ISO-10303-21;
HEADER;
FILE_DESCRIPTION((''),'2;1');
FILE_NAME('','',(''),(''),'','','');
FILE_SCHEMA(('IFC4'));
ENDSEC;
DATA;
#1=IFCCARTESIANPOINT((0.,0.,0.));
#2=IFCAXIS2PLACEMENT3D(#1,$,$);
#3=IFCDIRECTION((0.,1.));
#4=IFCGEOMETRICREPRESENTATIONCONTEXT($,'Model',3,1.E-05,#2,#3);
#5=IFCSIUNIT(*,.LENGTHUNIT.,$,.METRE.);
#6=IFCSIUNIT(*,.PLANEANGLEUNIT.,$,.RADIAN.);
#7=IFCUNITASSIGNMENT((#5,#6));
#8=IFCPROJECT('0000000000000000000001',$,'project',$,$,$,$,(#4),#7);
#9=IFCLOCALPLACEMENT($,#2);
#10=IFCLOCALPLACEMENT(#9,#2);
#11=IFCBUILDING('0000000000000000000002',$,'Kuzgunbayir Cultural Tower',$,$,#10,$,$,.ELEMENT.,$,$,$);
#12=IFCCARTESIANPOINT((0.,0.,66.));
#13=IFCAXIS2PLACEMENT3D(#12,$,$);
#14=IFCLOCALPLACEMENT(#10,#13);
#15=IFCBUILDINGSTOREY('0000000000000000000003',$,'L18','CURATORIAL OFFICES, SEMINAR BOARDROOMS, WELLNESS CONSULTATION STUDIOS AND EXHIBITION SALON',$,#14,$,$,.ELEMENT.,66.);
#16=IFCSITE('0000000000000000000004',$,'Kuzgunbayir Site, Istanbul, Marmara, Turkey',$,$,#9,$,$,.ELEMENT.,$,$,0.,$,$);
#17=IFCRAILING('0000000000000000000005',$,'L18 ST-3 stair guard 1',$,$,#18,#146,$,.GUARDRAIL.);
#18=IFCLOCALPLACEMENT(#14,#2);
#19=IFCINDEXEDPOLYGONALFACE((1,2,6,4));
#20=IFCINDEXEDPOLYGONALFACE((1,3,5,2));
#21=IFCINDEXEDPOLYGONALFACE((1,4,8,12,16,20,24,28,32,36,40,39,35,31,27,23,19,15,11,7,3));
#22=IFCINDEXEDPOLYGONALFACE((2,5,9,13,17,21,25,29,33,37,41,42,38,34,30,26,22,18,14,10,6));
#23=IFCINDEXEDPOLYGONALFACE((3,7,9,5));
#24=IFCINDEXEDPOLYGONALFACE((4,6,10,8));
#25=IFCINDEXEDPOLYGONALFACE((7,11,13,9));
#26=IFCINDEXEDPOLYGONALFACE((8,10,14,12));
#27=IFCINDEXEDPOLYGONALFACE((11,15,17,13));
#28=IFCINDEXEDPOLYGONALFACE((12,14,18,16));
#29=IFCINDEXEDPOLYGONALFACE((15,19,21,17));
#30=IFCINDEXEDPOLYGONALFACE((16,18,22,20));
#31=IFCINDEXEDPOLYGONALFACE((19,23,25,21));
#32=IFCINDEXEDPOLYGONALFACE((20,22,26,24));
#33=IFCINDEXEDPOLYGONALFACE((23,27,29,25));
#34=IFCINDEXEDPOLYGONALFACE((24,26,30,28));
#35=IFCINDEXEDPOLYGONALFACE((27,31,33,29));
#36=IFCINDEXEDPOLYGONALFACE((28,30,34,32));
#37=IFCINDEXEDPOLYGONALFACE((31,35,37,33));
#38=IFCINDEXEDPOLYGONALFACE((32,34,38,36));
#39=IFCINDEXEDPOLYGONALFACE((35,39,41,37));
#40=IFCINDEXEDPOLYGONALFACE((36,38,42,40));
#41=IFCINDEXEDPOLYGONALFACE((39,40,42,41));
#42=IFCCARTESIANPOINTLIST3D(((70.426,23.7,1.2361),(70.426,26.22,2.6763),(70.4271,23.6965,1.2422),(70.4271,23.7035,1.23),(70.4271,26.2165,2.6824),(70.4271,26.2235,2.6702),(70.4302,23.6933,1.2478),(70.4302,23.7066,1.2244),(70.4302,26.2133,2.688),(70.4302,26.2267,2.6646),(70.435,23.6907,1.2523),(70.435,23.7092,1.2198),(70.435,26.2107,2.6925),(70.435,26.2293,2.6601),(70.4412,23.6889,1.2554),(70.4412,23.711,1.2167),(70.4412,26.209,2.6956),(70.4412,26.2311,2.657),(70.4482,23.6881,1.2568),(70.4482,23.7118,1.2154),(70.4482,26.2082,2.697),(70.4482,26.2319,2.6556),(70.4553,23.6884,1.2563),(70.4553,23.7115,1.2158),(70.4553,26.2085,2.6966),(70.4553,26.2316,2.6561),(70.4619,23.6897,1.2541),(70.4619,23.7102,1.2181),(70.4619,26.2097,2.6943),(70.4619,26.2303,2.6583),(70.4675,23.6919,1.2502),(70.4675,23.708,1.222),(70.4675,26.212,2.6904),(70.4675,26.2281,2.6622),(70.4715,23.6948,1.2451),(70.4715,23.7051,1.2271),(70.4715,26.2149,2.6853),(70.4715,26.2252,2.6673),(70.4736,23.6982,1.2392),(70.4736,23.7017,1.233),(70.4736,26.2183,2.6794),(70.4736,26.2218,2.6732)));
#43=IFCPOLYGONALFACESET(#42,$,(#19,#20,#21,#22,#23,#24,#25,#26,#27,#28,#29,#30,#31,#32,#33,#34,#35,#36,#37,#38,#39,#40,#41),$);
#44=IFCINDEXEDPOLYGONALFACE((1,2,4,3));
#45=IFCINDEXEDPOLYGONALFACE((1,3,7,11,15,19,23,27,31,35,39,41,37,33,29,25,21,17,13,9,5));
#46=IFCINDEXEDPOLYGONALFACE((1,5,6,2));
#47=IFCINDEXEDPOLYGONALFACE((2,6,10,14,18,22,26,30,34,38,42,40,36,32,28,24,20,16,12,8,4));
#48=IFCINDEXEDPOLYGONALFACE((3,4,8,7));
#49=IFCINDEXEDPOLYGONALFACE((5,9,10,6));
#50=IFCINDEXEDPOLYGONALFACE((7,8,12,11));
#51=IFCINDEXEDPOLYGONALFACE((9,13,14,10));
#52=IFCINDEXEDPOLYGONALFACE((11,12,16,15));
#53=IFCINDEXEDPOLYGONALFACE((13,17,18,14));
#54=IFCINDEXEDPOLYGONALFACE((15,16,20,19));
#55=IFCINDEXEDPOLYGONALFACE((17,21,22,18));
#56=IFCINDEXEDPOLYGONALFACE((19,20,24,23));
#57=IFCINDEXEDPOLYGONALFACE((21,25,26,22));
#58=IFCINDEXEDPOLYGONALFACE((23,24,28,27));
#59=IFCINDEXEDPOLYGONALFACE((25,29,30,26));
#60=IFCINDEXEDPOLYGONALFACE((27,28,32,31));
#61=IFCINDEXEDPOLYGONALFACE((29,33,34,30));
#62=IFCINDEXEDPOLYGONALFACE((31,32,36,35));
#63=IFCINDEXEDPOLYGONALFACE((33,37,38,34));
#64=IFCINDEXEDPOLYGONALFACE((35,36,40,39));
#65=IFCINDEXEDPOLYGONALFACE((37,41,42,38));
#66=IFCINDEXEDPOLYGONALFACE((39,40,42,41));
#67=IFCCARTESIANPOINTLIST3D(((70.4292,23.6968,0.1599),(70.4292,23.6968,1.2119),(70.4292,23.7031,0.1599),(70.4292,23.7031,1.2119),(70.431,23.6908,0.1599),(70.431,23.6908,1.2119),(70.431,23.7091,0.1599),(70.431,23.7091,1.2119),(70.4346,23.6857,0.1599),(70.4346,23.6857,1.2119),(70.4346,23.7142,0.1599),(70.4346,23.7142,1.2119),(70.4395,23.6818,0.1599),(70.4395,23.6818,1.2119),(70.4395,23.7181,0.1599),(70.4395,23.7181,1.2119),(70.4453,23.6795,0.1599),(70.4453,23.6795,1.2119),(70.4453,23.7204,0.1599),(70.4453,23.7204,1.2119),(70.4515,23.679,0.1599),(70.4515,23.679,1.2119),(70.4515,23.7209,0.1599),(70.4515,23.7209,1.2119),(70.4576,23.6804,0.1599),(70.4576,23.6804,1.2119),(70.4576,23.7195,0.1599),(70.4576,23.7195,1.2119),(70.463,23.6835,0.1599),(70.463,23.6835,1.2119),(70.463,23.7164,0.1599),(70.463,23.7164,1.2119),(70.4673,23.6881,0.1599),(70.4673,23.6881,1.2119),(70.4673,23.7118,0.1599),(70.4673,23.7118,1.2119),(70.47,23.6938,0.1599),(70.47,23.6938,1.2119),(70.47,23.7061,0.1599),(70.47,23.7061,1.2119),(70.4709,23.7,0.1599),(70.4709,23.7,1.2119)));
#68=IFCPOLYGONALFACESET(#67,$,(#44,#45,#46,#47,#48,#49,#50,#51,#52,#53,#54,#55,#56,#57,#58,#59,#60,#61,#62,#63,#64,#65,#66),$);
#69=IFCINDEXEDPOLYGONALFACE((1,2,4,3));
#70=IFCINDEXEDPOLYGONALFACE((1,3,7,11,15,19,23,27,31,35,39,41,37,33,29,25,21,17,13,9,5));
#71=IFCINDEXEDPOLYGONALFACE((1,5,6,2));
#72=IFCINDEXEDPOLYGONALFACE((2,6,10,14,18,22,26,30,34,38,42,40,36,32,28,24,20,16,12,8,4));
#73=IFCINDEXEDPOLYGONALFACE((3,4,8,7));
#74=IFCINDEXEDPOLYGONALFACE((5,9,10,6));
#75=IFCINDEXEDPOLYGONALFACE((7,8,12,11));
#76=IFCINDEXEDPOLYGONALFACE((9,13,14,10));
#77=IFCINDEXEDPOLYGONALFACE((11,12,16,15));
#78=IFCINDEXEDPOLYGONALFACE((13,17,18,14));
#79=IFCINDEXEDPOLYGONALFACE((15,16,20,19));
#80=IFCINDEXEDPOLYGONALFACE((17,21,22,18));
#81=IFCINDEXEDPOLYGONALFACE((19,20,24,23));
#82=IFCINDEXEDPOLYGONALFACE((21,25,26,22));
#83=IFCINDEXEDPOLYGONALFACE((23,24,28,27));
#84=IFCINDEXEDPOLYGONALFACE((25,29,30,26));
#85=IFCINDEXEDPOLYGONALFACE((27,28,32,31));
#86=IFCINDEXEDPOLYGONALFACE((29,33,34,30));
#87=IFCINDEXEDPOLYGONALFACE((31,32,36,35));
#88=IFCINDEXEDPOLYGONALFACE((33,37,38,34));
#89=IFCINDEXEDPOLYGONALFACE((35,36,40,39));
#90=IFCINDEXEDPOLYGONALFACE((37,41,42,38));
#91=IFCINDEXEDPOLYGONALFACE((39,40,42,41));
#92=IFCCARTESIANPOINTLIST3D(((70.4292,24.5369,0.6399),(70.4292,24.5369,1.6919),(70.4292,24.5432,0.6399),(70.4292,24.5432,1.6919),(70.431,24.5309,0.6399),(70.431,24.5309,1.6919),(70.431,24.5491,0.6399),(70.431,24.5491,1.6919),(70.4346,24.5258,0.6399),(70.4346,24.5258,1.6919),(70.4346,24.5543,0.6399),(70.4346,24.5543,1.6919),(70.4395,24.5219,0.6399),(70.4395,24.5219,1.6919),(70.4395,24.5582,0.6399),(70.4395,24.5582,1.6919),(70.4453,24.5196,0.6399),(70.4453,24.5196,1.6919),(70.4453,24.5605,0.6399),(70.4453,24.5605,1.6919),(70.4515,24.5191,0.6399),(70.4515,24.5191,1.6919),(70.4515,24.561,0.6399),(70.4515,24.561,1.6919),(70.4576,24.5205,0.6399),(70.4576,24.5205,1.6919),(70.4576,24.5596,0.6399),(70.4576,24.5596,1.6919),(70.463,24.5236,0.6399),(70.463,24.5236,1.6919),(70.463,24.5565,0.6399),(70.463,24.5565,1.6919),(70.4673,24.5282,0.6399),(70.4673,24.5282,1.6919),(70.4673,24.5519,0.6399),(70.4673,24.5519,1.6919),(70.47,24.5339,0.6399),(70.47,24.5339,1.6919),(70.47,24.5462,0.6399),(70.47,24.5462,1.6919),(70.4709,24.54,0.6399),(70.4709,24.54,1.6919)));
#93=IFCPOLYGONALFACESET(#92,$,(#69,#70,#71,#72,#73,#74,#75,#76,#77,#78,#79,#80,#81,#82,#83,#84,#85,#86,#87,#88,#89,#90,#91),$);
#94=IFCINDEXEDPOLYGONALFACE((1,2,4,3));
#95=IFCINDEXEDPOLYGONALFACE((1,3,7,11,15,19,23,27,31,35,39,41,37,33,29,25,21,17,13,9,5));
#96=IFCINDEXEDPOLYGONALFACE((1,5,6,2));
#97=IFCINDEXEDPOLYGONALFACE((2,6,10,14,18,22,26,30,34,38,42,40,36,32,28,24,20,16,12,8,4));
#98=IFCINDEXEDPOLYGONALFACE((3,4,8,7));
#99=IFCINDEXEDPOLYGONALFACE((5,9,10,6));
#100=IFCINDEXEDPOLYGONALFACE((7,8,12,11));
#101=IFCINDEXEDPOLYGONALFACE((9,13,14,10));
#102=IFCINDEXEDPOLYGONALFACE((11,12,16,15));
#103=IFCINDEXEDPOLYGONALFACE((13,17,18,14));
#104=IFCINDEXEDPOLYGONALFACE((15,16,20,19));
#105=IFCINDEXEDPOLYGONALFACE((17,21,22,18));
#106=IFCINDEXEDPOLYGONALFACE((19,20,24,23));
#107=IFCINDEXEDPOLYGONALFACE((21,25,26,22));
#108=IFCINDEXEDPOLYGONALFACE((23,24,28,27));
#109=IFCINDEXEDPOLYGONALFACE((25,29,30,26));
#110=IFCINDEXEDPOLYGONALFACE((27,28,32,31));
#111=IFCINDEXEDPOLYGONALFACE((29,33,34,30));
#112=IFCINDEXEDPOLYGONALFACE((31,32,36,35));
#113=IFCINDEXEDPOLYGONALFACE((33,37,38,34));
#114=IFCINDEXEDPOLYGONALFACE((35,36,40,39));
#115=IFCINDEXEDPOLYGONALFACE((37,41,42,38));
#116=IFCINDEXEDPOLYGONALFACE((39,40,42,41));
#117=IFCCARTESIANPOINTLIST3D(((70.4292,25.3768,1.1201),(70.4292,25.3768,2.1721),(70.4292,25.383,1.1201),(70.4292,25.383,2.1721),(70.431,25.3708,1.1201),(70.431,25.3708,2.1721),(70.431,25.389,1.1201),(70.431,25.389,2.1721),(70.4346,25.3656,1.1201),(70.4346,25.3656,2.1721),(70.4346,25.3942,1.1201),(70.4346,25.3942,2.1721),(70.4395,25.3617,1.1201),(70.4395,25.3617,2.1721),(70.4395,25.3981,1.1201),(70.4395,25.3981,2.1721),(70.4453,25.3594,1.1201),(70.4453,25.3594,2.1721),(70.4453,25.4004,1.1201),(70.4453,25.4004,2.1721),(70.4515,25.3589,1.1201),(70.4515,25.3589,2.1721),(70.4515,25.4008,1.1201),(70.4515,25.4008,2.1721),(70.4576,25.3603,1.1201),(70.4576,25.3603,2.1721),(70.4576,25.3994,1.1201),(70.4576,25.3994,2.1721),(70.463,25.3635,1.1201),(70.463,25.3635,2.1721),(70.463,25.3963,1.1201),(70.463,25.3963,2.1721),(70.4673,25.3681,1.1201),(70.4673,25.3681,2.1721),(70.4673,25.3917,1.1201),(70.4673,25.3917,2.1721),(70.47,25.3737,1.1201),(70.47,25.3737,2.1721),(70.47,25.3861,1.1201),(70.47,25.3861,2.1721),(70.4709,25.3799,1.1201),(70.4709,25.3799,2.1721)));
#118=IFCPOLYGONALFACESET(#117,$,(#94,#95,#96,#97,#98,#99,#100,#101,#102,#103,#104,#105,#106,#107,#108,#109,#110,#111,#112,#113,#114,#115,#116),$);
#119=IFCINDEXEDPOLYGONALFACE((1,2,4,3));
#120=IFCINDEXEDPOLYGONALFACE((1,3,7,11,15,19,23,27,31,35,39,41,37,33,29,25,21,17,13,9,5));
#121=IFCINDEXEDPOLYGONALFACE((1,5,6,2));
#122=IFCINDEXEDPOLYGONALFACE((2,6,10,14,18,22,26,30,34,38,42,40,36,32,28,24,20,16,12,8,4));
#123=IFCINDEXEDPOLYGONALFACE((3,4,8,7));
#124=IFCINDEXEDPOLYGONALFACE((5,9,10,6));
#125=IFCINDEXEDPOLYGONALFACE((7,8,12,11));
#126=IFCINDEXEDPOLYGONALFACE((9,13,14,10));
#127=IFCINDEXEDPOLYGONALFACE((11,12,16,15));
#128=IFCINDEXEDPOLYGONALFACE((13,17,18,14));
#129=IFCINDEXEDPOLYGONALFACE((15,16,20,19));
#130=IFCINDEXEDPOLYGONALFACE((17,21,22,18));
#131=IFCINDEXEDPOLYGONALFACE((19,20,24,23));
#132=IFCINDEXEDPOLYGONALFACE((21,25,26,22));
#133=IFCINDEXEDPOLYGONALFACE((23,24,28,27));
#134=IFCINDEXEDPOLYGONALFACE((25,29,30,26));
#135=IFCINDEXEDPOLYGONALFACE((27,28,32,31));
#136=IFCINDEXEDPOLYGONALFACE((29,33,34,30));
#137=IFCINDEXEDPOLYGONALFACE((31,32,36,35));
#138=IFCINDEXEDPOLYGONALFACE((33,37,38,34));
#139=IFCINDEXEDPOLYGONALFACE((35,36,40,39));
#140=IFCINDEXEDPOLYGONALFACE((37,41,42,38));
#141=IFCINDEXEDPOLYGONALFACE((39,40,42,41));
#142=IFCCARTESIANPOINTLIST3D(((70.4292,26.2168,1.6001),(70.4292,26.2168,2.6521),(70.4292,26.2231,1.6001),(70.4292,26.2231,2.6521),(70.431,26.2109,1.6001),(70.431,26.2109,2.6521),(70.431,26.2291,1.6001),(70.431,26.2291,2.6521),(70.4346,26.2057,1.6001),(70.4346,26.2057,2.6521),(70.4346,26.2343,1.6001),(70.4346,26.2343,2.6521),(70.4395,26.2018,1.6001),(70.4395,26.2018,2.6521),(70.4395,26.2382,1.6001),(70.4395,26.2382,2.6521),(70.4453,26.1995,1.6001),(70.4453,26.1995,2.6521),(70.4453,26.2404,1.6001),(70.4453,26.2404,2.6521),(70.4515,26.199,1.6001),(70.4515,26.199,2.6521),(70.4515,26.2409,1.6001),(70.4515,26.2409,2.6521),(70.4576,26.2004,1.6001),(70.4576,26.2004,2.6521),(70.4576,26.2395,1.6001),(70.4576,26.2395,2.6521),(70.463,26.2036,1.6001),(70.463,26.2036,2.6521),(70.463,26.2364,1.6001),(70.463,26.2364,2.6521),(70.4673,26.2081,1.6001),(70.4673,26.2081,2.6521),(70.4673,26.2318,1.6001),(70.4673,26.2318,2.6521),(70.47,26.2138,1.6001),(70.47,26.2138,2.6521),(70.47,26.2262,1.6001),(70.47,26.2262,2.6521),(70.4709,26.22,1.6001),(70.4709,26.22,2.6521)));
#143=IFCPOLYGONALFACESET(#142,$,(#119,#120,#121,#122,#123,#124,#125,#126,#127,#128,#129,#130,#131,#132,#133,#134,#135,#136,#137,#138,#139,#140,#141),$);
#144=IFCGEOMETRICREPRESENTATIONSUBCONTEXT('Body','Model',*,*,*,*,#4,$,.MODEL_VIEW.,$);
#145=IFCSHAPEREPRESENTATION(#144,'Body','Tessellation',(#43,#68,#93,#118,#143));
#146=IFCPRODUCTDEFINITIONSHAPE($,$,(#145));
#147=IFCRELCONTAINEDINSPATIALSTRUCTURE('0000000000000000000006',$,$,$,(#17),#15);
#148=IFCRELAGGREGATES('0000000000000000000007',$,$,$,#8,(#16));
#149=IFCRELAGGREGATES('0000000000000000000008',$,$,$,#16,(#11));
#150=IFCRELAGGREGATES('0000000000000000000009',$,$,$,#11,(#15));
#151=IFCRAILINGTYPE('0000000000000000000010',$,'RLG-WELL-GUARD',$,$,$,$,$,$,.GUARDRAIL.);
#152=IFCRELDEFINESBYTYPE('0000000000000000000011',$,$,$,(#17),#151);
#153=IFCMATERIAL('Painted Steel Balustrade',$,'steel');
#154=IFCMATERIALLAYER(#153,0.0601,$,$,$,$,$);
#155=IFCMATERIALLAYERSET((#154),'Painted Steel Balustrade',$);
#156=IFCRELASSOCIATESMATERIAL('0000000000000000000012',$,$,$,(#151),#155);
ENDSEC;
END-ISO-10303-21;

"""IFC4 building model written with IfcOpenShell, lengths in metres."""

from ifc_helpers import new_model, si_unit, direction, frame, origin, origin_2d, place, context, subcontext, project, spatial, circle, extrude, material, layer, layer_set, type_object, element, save


model = new_model("IFC4")

# Units and contexts
model_context = context("Model", 3, precision=1e-05, world=origin(), true_north=direction((0.0, 1.0)))
body_context = subcontext(model_context, "Body", "Model", "MODEL_VIEW")
ifc_project = project(units=[si_unit("LENGTHUNIT", "METRE"), si_unit("PLANEANGLEUNIT", "RADIAN")], contexts=[model_context])

# Site, building, storey
site_placement = place(None, origin())
site = spatial("IfcSite", under=ifc_project, at=site_placement, Name="Kuzgunbayir Site, Istanbul, Marmara, Turkey", CompositionType="ELEMENT", RefElevation=0.0)
building_placement = place(site_placement, origin())
building = spatial("IfcBuilding", under=site, at=building_placement, Name="Kuzgunbayir Cultural Tower", CompositionType="ELEMENT")
storey_placement = place(building_placement, frame((0.0, 0.0, 66.0)))
storey = spatial("IfcBuildingStorey", under=building, at=storey_placement, Name="L18", Description="CURATORIAL OFFICES, SEMINAR BOARDROOMS, WELLNESS CONSULTATION STUDIOS AND EXHIBITION SALON", CompositionType="ELEMENT", Elevation=66.0)

# Railing
ifc_material_1 = material(Name="Painted Steel Balustrade", Category="steel")
ifc_layer_1 = layer(ifc_material_1, 0.0601)
ifc_layer_set_1 = layer_set([ifc_layer_1], Name="Painted Steel Balustrade")
railing_type_1 = type_object("IfcRailingType", Name="RLG-WELL-GUARD", PredefinedType="GUARDRAIL", material=ifc_layer_set_1)
railing_1_placement = place(storey_placement, frame((70.45, 23.7, 0.1599)))
element("IfcRailing", 1, at=railing_1_placement, inside=storey, type_object=railing_type_1, Name="L18 ST-3 stair guard 1", PredefinedType="GUARDRAIL", context=body_context, shape_type="SweptSolid", body=[
    extrude(circle(Radius=0.0239, at=origin_2d()), frame((0.0, 0.0, 1.0762), z_axis=(0.0, 0.868217, 0.496184), x_axis=(-1.0, 0.0, 0.0)), (0.0, 0.0, 1.0), 2.9026),
    extrude(circle(Radius=0.021, at=origin_2d()), origin(), (0.0, 0.0, 1.0), 1.052),
    extrude(circle(Radius=0.021, at=origin_2d()), frame((0.0, 0.8401, 0.48)), (0.0, 0.0, 1.0), 1.052),
    extrude(circle(Radius=0.021, at=origin_2d()), frame((0.0, 1.6799, 0.9602)), (0.0, 0.0, 1.0), 1.052),
    extrude(circle(Radius=0.021, at=origin_2d()), frame((0.0, 2.52, 1.4402)), (0.0, 0.0, 1.0), 1.052),
])

save(model, "model.ifc")
